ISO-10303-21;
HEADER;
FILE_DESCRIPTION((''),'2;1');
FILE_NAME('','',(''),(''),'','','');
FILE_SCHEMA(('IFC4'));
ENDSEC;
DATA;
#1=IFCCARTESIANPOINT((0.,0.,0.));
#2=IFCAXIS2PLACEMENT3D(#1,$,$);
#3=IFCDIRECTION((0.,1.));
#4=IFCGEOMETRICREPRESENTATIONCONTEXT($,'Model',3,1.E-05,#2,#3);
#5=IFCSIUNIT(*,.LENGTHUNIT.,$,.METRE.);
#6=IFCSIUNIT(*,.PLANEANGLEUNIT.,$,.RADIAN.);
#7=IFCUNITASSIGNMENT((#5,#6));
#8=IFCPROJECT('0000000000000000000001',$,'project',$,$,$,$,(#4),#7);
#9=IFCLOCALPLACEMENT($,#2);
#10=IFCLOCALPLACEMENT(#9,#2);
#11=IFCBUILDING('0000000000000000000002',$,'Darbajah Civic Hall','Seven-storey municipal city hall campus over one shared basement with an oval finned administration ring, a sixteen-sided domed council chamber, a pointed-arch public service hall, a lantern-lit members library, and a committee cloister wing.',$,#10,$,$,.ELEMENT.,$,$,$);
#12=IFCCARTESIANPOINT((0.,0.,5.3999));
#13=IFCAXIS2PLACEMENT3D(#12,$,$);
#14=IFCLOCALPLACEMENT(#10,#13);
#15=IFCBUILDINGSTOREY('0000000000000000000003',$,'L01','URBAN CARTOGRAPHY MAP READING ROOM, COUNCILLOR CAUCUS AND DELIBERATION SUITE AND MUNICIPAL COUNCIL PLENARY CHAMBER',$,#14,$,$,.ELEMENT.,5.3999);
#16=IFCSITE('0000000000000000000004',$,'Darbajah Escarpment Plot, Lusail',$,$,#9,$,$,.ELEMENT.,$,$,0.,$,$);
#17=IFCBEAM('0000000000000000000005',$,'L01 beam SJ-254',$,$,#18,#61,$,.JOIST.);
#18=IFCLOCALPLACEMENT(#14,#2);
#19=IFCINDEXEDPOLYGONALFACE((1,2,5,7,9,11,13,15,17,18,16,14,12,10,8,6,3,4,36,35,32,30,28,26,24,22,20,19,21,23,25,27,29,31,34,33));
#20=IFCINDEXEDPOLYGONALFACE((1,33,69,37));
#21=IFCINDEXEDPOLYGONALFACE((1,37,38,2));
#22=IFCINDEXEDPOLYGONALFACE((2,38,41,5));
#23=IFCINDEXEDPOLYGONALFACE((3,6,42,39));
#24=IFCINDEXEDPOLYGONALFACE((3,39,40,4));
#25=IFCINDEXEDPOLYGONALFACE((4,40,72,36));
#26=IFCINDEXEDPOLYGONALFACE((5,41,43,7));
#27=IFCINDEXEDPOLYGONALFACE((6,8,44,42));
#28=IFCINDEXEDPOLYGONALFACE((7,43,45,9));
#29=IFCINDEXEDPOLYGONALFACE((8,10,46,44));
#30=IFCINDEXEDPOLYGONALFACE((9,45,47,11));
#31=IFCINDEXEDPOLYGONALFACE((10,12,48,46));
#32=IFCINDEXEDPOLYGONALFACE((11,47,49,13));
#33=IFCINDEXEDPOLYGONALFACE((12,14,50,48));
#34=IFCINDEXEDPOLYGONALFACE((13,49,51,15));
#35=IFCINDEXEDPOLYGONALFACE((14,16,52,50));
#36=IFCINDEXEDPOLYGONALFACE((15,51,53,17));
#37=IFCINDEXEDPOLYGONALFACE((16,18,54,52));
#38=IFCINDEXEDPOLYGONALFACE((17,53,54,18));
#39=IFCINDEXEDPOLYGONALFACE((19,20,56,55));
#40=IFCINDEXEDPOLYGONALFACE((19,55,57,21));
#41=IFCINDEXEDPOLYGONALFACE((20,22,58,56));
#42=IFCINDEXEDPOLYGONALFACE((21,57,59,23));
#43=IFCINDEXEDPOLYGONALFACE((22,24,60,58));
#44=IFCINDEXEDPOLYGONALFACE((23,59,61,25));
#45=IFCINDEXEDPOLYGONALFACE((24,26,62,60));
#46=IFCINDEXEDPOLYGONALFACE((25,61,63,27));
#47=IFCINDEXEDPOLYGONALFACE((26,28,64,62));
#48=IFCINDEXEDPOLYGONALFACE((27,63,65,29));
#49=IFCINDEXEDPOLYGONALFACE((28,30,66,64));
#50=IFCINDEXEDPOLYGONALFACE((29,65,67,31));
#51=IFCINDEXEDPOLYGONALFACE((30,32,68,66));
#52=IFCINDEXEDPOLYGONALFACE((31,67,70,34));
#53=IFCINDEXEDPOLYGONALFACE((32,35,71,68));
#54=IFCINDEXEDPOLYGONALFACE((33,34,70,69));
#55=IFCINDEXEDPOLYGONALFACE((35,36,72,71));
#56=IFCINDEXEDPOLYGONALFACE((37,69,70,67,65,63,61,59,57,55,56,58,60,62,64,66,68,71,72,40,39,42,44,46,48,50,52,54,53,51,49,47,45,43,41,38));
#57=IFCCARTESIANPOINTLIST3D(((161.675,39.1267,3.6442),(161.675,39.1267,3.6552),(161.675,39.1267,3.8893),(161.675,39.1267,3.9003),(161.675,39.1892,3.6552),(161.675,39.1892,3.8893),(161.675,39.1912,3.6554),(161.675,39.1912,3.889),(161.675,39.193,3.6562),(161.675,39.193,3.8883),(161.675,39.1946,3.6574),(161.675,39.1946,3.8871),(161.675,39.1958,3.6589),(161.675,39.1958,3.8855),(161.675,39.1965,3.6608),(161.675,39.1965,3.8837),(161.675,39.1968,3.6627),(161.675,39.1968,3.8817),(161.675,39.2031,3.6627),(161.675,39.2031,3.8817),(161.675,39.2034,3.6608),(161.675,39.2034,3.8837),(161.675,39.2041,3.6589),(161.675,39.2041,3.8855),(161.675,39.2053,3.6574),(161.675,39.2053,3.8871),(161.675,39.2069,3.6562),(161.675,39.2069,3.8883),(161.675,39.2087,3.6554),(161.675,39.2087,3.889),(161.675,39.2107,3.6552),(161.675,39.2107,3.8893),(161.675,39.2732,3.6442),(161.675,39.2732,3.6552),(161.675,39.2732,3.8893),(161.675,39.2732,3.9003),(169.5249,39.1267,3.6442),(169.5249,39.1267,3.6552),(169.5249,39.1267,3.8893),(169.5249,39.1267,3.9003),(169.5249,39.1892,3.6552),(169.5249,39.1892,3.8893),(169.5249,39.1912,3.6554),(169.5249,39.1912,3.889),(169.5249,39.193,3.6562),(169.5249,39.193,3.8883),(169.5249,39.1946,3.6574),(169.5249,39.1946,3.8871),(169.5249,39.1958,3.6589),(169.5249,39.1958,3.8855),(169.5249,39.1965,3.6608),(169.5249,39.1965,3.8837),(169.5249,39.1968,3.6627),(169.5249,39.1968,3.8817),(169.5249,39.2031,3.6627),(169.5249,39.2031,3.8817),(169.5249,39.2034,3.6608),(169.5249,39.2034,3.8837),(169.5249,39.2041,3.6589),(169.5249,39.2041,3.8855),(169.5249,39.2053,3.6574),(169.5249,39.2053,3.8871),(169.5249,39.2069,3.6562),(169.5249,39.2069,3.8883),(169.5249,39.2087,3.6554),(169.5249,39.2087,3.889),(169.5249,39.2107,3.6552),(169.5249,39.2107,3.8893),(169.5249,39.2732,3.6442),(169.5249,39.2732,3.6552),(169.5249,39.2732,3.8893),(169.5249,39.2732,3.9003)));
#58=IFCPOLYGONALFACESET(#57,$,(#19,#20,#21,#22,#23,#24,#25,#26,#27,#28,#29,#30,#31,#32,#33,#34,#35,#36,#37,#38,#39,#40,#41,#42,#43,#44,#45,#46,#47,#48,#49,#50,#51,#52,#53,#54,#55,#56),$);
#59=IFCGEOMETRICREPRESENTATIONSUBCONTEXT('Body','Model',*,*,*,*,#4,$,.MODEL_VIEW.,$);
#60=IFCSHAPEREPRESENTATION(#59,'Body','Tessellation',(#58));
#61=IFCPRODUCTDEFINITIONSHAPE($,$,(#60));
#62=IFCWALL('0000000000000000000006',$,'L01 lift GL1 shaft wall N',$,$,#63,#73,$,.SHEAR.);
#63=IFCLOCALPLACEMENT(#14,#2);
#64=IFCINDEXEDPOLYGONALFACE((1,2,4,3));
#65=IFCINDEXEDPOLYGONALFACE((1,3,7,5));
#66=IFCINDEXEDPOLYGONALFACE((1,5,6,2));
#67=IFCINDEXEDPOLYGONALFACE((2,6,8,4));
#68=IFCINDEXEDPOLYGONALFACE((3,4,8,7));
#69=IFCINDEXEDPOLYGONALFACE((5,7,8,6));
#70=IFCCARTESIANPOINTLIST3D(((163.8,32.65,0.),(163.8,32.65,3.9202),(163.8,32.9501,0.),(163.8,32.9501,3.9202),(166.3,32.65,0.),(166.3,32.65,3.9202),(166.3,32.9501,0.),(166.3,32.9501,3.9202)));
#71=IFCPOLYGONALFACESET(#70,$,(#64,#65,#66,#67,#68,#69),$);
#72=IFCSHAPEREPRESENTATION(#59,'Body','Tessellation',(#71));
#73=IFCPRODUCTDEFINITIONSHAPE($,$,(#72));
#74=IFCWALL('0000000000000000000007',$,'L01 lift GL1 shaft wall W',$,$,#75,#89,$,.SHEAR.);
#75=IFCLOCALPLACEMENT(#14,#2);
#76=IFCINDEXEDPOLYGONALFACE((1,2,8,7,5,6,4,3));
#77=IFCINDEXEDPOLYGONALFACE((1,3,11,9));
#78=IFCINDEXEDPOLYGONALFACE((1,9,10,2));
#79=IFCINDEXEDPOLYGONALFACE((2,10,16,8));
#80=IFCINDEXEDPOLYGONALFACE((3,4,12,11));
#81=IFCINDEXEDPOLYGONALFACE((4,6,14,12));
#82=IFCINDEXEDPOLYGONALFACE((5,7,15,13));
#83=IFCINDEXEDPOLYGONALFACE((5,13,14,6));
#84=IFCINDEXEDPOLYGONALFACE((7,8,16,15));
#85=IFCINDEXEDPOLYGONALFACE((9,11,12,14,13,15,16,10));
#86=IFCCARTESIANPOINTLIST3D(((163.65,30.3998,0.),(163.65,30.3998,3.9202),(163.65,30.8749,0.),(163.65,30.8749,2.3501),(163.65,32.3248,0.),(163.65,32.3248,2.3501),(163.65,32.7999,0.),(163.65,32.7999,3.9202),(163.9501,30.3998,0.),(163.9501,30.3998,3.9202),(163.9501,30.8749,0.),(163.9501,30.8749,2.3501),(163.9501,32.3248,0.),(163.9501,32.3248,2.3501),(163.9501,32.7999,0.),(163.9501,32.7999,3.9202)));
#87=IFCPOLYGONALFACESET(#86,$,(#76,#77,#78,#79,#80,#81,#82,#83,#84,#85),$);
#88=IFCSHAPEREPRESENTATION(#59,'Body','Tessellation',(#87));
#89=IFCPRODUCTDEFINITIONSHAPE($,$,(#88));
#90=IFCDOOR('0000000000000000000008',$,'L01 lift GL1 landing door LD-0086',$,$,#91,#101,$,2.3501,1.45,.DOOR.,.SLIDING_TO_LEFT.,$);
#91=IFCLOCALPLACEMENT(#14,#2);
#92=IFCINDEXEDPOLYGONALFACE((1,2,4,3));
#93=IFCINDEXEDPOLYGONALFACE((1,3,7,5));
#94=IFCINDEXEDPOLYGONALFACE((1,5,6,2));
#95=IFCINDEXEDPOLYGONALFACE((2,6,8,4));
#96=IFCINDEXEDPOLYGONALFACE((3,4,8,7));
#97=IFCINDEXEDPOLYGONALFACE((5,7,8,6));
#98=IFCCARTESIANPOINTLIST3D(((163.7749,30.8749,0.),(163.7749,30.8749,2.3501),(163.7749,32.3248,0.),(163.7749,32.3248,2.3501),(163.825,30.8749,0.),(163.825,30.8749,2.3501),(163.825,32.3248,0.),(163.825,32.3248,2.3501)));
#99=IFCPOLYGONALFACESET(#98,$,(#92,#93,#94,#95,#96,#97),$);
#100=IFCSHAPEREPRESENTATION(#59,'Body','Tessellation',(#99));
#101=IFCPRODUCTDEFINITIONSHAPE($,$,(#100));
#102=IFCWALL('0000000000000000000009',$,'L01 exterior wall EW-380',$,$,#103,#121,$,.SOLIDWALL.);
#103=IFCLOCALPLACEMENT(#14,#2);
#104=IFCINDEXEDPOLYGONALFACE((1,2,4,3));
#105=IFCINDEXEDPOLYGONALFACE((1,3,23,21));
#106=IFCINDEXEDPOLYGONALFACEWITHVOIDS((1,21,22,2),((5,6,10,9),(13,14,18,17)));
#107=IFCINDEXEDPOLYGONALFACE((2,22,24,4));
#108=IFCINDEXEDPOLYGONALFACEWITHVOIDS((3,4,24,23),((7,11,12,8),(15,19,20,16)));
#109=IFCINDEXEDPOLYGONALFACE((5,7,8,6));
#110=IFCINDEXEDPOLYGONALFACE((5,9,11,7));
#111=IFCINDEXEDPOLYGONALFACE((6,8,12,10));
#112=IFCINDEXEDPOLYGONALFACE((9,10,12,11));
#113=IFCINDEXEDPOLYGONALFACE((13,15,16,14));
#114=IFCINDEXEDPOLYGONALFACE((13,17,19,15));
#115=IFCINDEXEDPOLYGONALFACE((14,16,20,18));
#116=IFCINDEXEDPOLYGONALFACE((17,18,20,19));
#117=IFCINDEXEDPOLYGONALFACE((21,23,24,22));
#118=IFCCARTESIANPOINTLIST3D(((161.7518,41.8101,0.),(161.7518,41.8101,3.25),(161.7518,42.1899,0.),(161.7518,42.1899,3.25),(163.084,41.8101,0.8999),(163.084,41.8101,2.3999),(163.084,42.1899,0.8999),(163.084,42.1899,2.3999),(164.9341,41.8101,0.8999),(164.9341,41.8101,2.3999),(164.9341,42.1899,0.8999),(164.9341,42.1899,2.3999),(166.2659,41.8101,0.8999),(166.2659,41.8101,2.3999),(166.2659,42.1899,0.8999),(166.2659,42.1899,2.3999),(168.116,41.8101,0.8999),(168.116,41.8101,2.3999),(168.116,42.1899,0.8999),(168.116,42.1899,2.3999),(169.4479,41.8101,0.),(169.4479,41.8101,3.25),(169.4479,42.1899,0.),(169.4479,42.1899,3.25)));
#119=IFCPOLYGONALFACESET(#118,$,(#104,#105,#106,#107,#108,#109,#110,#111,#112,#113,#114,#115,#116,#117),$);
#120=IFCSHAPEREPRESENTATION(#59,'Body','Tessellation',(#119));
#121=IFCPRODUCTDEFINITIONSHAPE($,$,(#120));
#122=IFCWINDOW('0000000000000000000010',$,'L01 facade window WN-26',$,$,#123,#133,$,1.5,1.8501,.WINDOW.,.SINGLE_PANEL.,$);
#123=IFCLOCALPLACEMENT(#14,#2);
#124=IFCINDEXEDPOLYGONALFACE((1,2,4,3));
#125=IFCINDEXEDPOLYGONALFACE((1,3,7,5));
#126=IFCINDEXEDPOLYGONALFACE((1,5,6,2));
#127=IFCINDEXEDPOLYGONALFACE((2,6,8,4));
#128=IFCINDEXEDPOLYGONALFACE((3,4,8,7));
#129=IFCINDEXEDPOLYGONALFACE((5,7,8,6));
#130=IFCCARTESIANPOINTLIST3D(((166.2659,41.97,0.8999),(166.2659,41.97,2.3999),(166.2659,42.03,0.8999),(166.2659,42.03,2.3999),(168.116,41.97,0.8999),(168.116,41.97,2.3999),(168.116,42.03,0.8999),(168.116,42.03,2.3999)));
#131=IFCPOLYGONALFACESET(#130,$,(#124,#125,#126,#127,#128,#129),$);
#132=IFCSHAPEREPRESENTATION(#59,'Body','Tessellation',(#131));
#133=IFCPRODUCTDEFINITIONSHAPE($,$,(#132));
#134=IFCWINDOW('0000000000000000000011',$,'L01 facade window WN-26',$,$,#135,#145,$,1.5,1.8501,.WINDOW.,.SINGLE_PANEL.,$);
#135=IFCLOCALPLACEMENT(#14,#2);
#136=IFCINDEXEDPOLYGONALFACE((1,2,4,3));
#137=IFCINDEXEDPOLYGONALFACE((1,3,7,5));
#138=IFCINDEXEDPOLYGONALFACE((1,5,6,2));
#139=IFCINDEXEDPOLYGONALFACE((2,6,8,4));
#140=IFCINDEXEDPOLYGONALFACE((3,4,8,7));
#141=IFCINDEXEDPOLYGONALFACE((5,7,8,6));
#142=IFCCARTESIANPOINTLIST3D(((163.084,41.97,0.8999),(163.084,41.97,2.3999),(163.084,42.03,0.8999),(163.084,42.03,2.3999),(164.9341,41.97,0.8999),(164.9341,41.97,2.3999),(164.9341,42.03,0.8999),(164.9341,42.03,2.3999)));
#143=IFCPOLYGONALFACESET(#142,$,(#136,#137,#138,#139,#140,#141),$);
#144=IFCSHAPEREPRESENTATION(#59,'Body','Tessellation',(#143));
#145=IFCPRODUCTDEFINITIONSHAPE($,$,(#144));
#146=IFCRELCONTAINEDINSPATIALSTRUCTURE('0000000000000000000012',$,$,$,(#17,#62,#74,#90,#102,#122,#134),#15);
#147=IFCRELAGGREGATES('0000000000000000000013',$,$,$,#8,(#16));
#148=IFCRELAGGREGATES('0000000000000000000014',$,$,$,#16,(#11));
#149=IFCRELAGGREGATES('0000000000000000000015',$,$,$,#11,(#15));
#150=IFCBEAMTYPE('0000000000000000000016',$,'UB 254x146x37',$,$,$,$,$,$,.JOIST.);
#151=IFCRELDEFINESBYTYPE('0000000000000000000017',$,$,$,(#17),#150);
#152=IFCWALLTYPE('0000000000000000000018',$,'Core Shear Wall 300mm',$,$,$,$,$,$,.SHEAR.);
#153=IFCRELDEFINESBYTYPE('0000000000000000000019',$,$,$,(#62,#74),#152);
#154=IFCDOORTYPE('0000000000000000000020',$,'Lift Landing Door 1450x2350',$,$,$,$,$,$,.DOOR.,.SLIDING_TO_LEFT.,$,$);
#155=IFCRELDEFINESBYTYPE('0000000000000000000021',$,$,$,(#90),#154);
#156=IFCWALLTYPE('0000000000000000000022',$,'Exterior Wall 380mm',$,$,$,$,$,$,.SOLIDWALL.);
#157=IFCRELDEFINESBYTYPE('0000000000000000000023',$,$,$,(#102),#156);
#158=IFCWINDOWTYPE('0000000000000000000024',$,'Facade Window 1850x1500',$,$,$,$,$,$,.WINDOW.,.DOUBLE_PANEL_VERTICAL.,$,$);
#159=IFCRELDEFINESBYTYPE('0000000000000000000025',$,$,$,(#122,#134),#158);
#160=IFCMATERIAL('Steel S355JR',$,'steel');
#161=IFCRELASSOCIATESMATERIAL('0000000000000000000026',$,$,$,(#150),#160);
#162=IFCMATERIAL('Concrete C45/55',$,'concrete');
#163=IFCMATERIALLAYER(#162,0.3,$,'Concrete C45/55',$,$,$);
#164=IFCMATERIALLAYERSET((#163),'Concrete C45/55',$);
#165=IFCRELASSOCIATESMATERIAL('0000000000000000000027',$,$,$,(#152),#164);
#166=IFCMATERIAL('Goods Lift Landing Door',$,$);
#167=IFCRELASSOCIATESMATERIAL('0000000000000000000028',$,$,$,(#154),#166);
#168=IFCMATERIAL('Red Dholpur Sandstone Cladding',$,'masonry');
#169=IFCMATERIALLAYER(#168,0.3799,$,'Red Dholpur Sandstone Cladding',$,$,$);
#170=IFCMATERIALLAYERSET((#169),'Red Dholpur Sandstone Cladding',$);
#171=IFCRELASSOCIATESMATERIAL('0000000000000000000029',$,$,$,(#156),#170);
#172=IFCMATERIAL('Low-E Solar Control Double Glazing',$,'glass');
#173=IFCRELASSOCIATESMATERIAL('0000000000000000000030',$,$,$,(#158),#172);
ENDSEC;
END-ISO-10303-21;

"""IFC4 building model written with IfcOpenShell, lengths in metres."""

from ifc_helpers import new_model, si_unit, direction, frame, frame_2d, origin, origin_2d, place, context, subcontext, project, spatial, rectangle, i_section, extrude, material, layer, layer_set, material_profile, profile_set, type_object, element, fill, save


model = new_model("IFC4")

# Units and contexts
model_context = context("Model", 3, precision=1e-05, world=origin(), true_north=direction((0.0, 1.0)))
body_context = subcontext(model_context, "Body", "Model", "MODEL_VIEW")
ifc_project = project(units=[si_unit("LENGTHUNIT", "METRE"), si_unit("PLANEANGLEUNIT", "RADIAN")], contexts=[model_context])

# Site, building, storey
site_placement = place(None, origin())
site = spatial("IfcSite", under=ifc_project, at=site_placement, Name="Darbajah Escarpment Plot, Lusail", CompositionType="ELEMENT", RefElevation=0.0)
building_placement = place(site_placement, origin())
building = spatial("IfcBuilding", under=site, at=building_placement, Name="Darbajah Civic Hall", Description="Seven-storey municipal city hall campus over one shared basement with an oval finned administration ring, a sixteen-sided domed council chamber, a pointed-arch public service hall, a lantern-lit members library, and a committee cloister wing.", CompositionType="ELEMENT")
storey_placement = place(building_placement, frame((0.0, 0.0, 5.3999)))
storey = spatial("IfcBuildingStorey", under=building, at=storey_placement, Name="L01", Description="URBAN CARTOGRAPHY MAP READING ROOM, COUNCILLOR CAUCUS AND DELIBERATION SUITE AND MUNICIPAL COUNCIL PLENARY CHAMBER", CompositionType="ELEMENT", Elevation=5.3999)

# Shared definitions
ifc_material_1 = material(Name="Concrete C45/55", Category="concrete")

# Beam
ifc_material_2 = material(Name="Steel S355JR", Category="steel")
ifc_material_profile_1 = material_profile(ifc_material_2, i_section(OverallWidth=0.1465, OverallDepth=0.2561, WebThickness=0.0063, FlangeThickness=0.011, FilletRadius=0.0076, at=origin_2d()), Name="UB 254x146x37")
ifc_profile_set_1 = profile_set([ifc_material_profile_1], Name="Steel S355JR")
beam_type_1 = type_object("IfcBeamType", Name="UB 254x146x37", PredefinedType="JOIST", material=ifc_profile_set_1)
for number, where, z_axis, x_axis, name in (
    (1, (161.675, 39.2, 3.7722), (1.0, 0.0, 0.0), (0.0, 1.0, 0.0), "L01 beam SJ-254"),
):
    element("IfcBeam", number, at=place(storey_placement, frame(where, z_axis=z_axis, x_axis=x_axis)), inside=storey, type_object=beam_type_1, Name=name, PredefinedType="JOIST", context=body_context, shape_type="SweptSolid", body=[
        extrude(i_section(OverallWidth=0.1465, OverallDepth=0.2561, WebThickness=0.0063, FlangeThickness=0.011, FilletRadius=0.0076, at=origin_2d()), origin(), (0.0, 0.0, 1.0), 7.8499),
    ])

# Wall
ifc_layer_1 = layer(ifc_material_1, 0.3, Name="Concrete C45/55")
ifc_layer_set_1 = layer_set([ifc_layer_1], Name="Concrete C45/55")
wall_type_1 = type_object("IfcWallType", Name="Core Shear Wall 300mm", PredefinedType="SHEAR", material=ifc_layer_set_1)
wall_1_placement = place(storey_placement, frame((166.3, 32.8, 0.0), z_axis=(0.0, 0.0, 1.0), x_axis=(-1.0, 0.0, 0.0)))
element("IfcWall", 2, at=wall_1_placement, inside=storey, type_object=wall_type_1, Name="L01 lift GL1 shaft wall N", PredefinedType="SHEAR", context=body_context, shape_type="SweptSolid", body=[
    extrude(rectangle(XDim=2.5, YDim=0.3, at=frame_2d((1.25, 0.0))), origin(), (0.0, 0.0, 1.0), 3.9202),
])

# Wall, opening, door
wall_2_placement = place(storey_placement, frame((163.8, 32.8, 0.0), z_axis=(0.0, 0.0, 1.0), x_axis=(0.0, -1.0, 0.0)))
wall_2 = element("IfcWall", 3, at=wall_2_placement, inside=storey, type_object=wall_type_1, Name="L01 lift GL1 shaft wall W", PredefinedType="SHEAR", context=body_context, shape_type="SweptSolid", body=[
    extrude(rectangle(XDim=2.4001, YDim=0.3, at=frame_2d((1.2002, 0.0))), origin(), (0.0, 0.0, 1.0), 3.9202),
])
opening_1_placement = place(wall_2_placement, frame((0.4751, 0.0, 0.0)))
opening_1 = element("IfcOpeningElement", 4, at=opening_1_placement, cuts=wall_2, PredefinedType="OPENING", context=body_context, shape_type="SweptSolid", body=[
    extrude(rectangle(XDim=1.45, YDim=2.3501, at=frame_2d((0.7251, 1.175))), frame((0.0, 0.1599, 0.0), z_axis=(0.0, -1.0, 0.0), x_axis=(1.0, 0.0, 0.0)), (0.0, 0.0, 1.0), 0.3201),
])
ifc_material_3 = material(Name="Goods Lift Landing Door")
door_type = type_object("IfcDoorType", Name="Lift Landing Door 1450x2350", OperationType="SLIDING_TO_LEFT", PredefinedType="DOOR", material=ifc_material_3)
door_placement = place(opening_1_placement, origin())
door = element("IfcDoor", 5, at=door_placement, inside=storey, type_object=door_type, Name="L01 lift GL1 landing door LD-0086", OperationType="SLIDING_TO_LEFT", OverallHeight=2.3501, OverallWidth=1.45, PredefinedType="DOOR", context=body_context, shape_type="SweptSolid", body=[
    extrude(rectangle(XDim=1.45, YDim=2.3501, at=frame_2d((0.7251, 1.175))), frame((0.0, 0.0249, 0.0), z_axis=(0.0, -1.0, 0.0), x_axis=(1.0, 0.0, 0.0)), (0.0, 0.0, 1.0), 0.05),
])
fill(opening_1, door)

# Wall, openings, windows
ifc_material_4 = material(Name="Red Dholpur Sandstone Cladding", Category="masonry")
ifc_layer_2 = layer(ifc_material_4, 0.3799, Name="Red Dholpur Sandstone Cladding")
ifc_layer_set_2 = layer_set([ifc_layer_2], Name="Red Dholpur Sandstone Cladding")
wall_type_2 = type_object("IfcWallType", Name="Exterior Wall 380mm", PredefinedType="SOLIDWALL", material=ifc_layer_set_2)
wall_3_placement = place(storey_placement, frame((169.448, 42.0, 0.0), z_axis=(0.0, 0.0, 1.0), x_axis=(-1.0, 0.0, 0.0)))
wall_3 = element("IfcWall", 6, at=wall_3_placement, inside=storey, type_object=wall_type_2, Name="L01 exterior wall EW-380", PredefinedType="SOLIDWALL", context=body_context, shape_type="SweptSolid", body=[
    extrude(rectangle(XDim=7.696, YDim=0.3799, at=frame_2d((3.8481, 0.0))), origin(), (0.0, 0.0, 1.0), 3.25),
])
opening_2_placement = place(wall_3_placement, frame((1.332, 0.0, 0.8999)))
opening_2 = element("IfcOpeningElement", 7, at=opening_2_placement, cuts=wall_3, PredefinedType="OPENING", context=body_context, shape_type="SweptSolid", body=[
    extrude(rectangle(XDim=1.8501, YDim=1.5, at=frame_2d((0.925, 0.75))), frame((0.0, 0.2, 0.0), z_axis=(0.0, -1.0, 0.0), x_axis=(1.0, 0.0, 0.0)), (0.0, 0.0, 1.0), 0.3999),
])
opening_3_placement = place(wall_3_placement, frame((4.5139, 0.0, 0.8999)))
opening_3 = element("IfcOpeningElement", 8, at=opening_3_placement, cuts=wall_3, PredefinedType="OPENING", context=body_context, shape_type="SweptSolid", body=[
    extrude(rectangle(XDim=1.8501, YDim=1.5, at=frame_2d((0.925, 0.75))), frame((0.0, 0.2, 0.0), z_axis=(0.0, -1.0, 0.0), x_axis=(1.0, 0.0, 0.0)), (0.0, 0.0, 1.0), 0.3999),
])
ifc_material_5 = material(Name="Low-E Solar Control Double Glazing", Category="glass")
window_type_1 = type_object("IfcWindowType", Name="Facade Window 1850x1500", PartitioningType="DOUBLE_PANEL_VERTICAL", PredefinedType="WINDOW", material=ifc_material_5)
window_1_placement = place(opening_2_placement, origin())
window_1 = element("IfcWindow", 9, at=window_1_placement, inside=storey, type_object=window_type_1, Name="L01 facade window WN-26", OverallHeight=1.5, OverallWidth=1.8501, PartitioningType="SINGLE_PANEL", PredefinedType="WINDOW", context=body_context, shape_type="SweptSolid", body=[
    extrude(rectangle(XDim=1.8501, YDim=1.5, at=frame_2d((0.925, 0.75))), frame((0.0, 0.03, 0.0), z_axis=(0.0, -1.0, 0.0), x_axis=(1.0, 0.0, 0.0)), (0.0, 0.0, 1.0), 0.0601),
])
fill(opening_2, window_1)
window_2_placement = place(opening_3_placement, origin())
window_2 = element("IfcWindow", 10, at=window_2_placement, inside=storey, type_object=window_type_1, Name="L01 facade window WN-26", OverallHeight=1.5, OverallWidth=1.8501, PartitioningType="SINGLE_PANEL", PredefinedType="WINDOW", context=body_context, shape_type="SweptSolid", body=[
    extrude(rectangle(XDim=1.8501, YDim=1.5, at=frame_2d((0.925, 0.75))), frame((0.0, 0.03, 0.0), z_axis=(0.0, -1.0, 0.0), x_axis=(1.0, 0.0, 0.0)), (0.0, 0.0, 1.0), 0.0601),
])
fill(opening_3, window_2)

save(model, "model.ifc")
